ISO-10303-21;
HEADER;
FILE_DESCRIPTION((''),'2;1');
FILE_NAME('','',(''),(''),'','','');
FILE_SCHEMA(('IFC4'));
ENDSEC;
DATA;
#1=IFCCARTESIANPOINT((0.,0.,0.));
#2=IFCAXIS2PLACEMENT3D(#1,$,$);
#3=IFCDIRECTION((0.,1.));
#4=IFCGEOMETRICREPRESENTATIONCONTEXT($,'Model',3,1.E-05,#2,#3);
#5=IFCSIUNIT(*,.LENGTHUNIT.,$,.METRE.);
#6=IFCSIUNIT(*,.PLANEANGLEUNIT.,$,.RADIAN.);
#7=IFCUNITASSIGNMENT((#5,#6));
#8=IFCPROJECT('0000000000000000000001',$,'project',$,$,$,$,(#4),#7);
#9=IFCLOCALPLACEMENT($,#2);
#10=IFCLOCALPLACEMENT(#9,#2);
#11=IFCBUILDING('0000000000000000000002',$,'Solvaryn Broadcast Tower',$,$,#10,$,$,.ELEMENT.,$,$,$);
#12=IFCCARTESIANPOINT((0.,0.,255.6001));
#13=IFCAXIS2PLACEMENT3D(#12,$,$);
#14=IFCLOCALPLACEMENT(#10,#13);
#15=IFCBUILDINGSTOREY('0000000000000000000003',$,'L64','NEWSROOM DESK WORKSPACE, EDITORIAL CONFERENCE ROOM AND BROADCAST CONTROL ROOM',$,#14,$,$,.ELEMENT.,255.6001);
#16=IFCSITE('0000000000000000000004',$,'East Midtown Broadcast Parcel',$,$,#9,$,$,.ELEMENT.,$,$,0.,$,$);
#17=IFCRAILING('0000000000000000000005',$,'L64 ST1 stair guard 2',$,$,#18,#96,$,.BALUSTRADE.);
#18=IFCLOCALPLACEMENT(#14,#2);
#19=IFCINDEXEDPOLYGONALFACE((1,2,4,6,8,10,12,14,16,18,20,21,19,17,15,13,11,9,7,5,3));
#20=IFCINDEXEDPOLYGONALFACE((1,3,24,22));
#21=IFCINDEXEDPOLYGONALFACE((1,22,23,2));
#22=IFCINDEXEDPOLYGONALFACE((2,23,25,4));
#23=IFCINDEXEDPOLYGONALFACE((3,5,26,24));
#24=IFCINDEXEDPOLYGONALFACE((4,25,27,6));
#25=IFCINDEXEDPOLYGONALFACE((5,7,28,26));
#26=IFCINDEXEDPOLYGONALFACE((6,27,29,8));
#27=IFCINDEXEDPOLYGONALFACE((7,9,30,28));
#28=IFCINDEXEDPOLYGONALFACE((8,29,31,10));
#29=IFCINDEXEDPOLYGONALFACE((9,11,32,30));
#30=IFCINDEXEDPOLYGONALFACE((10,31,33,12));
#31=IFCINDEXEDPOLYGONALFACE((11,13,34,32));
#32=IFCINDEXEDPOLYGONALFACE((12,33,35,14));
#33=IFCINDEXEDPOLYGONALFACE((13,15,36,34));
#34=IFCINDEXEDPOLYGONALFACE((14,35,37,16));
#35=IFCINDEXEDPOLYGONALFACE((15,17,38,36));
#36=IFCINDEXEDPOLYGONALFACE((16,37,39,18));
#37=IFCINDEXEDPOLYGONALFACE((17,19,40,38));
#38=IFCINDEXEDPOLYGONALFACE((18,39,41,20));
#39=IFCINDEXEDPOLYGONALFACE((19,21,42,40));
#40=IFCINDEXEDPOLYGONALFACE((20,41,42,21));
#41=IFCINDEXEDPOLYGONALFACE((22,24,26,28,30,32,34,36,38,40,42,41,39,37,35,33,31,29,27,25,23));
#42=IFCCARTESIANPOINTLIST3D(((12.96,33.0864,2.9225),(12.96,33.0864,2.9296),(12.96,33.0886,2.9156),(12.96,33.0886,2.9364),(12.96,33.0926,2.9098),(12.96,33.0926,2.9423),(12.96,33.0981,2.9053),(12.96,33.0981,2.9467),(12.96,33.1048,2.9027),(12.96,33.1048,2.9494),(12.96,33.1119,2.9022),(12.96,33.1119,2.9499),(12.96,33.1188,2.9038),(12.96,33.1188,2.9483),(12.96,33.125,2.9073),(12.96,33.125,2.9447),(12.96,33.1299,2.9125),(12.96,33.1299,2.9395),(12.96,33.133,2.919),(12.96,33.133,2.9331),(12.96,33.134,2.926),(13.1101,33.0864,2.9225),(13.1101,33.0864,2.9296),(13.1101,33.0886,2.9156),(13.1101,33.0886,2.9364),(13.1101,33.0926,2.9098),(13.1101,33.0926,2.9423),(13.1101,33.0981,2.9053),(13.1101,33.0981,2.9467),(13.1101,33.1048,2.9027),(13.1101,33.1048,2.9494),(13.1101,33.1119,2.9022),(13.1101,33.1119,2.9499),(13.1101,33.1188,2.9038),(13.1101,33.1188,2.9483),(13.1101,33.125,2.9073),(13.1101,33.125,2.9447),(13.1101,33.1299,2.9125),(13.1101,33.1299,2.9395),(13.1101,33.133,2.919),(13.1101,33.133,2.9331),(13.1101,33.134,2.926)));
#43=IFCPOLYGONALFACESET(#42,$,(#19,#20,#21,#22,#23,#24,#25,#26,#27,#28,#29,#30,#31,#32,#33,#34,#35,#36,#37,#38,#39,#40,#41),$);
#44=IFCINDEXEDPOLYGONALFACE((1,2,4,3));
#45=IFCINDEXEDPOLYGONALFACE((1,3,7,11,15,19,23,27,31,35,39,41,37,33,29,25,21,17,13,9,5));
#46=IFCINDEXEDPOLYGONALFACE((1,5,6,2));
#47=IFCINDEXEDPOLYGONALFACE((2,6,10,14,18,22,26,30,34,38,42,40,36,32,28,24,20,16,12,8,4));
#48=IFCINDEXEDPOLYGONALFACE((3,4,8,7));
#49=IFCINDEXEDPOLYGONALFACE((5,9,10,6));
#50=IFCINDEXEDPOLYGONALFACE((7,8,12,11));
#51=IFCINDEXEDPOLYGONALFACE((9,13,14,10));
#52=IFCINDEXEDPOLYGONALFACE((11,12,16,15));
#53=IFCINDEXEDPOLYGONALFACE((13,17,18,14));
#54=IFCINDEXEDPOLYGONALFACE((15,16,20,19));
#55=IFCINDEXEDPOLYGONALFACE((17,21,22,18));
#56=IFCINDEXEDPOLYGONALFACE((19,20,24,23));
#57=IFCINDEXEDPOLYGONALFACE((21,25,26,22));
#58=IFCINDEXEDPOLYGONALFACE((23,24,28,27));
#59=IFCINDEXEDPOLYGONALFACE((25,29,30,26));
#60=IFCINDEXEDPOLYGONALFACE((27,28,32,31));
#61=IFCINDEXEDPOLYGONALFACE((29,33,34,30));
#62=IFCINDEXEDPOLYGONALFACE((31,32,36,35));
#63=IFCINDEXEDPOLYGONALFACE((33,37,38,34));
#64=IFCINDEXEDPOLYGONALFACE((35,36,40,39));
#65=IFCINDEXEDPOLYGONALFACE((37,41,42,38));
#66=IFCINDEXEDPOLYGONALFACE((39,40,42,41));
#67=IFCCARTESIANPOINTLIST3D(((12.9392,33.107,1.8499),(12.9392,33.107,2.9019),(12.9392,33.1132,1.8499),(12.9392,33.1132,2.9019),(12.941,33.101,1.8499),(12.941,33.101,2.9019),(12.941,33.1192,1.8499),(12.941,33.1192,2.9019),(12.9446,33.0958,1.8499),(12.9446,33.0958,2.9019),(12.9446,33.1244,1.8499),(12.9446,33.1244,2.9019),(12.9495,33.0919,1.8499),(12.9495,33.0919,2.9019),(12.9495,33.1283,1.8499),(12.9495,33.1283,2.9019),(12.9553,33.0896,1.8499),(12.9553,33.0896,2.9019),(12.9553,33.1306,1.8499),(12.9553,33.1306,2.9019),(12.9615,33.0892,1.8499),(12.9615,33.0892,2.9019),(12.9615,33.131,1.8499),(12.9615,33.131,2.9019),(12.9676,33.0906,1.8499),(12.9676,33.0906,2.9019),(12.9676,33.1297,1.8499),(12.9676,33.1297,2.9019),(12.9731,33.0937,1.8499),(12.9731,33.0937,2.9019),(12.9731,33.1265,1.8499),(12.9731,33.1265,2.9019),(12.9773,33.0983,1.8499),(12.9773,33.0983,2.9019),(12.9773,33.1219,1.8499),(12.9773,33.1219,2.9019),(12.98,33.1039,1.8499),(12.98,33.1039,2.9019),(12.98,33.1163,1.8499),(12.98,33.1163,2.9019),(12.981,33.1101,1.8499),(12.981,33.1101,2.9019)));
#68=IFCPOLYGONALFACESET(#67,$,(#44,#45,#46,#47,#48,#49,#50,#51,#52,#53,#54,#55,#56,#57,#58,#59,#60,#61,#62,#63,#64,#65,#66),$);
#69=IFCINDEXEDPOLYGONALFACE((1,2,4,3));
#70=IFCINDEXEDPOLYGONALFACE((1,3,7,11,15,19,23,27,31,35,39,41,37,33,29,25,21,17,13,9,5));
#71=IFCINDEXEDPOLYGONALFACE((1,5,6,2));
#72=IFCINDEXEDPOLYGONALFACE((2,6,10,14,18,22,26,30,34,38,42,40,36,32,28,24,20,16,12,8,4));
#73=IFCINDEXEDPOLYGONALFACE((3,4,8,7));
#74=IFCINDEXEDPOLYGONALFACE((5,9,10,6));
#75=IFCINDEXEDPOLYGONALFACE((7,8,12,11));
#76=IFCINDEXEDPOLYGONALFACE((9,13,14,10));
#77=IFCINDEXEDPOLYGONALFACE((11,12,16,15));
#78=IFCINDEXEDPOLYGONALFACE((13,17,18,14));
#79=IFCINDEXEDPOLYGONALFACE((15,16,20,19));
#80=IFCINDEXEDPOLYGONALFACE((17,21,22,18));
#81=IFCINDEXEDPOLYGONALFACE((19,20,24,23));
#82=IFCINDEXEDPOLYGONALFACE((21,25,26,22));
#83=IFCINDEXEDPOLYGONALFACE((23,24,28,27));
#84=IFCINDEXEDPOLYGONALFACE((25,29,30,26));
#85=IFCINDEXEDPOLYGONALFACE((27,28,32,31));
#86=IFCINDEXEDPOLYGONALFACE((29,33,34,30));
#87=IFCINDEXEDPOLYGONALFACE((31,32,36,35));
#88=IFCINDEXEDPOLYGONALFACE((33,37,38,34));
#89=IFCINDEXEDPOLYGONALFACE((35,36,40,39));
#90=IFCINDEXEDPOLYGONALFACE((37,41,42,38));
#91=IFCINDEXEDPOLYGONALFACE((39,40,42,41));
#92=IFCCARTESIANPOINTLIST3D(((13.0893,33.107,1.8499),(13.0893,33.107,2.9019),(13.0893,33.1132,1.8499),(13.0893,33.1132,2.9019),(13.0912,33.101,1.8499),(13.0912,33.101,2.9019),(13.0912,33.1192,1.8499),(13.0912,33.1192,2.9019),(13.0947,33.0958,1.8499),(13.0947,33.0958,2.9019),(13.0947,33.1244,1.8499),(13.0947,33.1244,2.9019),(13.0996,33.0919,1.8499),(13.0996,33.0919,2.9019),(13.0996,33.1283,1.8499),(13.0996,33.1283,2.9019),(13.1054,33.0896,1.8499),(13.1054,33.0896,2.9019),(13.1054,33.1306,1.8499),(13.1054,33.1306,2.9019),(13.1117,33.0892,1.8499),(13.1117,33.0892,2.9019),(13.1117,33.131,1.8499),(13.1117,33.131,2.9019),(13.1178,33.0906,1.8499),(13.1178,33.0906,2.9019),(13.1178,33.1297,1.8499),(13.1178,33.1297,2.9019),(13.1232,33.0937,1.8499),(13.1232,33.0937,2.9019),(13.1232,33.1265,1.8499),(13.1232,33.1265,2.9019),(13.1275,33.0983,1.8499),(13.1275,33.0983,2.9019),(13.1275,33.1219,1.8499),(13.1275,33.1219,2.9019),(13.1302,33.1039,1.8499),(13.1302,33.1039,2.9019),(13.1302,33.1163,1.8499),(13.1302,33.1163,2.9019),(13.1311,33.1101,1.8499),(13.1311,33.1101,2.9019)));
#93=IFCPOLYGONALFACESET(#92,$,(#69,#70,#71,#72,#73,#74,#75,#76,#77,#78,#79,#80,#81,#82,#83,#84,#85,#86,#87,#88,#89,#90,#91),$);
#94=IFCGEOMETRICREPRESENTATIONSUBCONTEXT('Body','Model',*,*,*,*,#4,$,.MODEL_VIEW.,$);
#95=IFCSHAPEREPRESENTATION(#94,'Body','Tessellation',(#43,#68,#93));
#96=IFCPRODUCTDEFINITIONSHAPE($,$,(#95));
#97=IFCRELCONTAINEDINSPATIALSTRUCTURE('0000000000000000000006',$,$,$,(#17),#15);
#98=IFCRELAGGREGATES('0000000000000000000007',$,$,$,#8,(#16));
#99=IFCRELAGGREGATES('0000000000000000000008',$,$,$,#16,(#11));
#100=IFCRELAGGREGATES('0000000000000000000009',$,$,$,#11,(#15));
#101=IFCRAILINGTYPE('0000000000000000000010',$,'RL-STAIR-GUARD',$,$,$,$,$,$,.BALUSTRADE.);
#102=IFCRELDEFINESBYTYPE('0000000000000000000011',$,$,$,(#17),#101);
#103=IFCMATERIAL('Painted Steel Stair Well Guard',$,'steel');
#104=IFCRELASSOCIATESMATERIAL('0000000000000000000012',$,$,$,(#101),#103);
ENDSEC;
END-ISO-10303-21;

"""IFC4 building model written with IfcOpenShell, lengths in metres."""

from ifc_helpers import new_model, si_unit, direction, frame, origin, origin_2d, place, context, subcontext, project, spatial, circle, extrude, material, type_object, element, save


model = new_model("IFC4")

# Units and contexts
model_context = context("Model", 3, precision=1e-05, world=origin(), true_north=direction((0.0, 1.0)))
body_context = subcontext(model_context, "Body", "Model", "MODEL_VIEW")
ifc_project = project(units=[si_unit("LENGTHUNIT", "METRE"), si_unit("PLANEANGLEUNIT", "RADIAN")], contexts=[model_context])

# Site, building, storey
site_placement = place(None, origin())
site = spatial("IfcSite", under=ifc_project, at=site_placement, Name="East Midtown Broadcast Parcel", CompositionType="ELEMENT", RefElevation=0.0)
building_placement = place(site_placement, origin())
building = spatial("IfcBuilding", under=site, at=building_placement, Name="Solvaryn Broadcast Tower", CompositionType="ELEMENT")
storey_placement = place(building_placement, frame((0.0, 0.0, 255.6001)))
storey = spatial("IfcBuildingStorey", under=building, at=storey_placement, Name="L64", Description="NEWSROOM DESK WORKSPACE, EDITORIAL CONFERENCE ROOM AND BROADCAST CONTROL ROOM", CompositionType="ELEMENT", Elevation=255.6001)

# Railing
ifc_material_1 = material(Name="Painted Steel Stair Well Guard", Category="steel")
railing_type_1 = type_object("IfcRailingType", Name="RL-STAIR-GUARD", PredefinedType="BALUSTRADE", material=ifc_material_1)
railing_1_placement = place(storey_placement, frame((12.96, 33.1101, 1.8499)))
element("IfcRailing", 1, at=railing_1_placement, inside=storey, type_object=railing_type_1, Name="L64 ST1 stair guard 2", PredefinedType="BALUSTRADE", context=body_context, shape_type="SweptSolid", body=[
    extrude(circle(Radius=0.0239, at=origin_2d()), frame((0.0, 0.0, 1.0762), z_axis=(1.0, 0.0, 0.0), x_axis=(0.0, 1.0, 0.0)), (0.0, 0.0, 1.0), 0.1501),
    extrude(circle(Radius=0.021, at=origin_2d()), origin(), (0.0, 0.0, 1.0), 1.052),
    extrude(circle(Radius=0.021, at=origin_2d()), frame((0.1501, 0.0, 0.0)), (0.0, 0.0, 1.0), 1.052),
])

save(model, "model.ifc")
